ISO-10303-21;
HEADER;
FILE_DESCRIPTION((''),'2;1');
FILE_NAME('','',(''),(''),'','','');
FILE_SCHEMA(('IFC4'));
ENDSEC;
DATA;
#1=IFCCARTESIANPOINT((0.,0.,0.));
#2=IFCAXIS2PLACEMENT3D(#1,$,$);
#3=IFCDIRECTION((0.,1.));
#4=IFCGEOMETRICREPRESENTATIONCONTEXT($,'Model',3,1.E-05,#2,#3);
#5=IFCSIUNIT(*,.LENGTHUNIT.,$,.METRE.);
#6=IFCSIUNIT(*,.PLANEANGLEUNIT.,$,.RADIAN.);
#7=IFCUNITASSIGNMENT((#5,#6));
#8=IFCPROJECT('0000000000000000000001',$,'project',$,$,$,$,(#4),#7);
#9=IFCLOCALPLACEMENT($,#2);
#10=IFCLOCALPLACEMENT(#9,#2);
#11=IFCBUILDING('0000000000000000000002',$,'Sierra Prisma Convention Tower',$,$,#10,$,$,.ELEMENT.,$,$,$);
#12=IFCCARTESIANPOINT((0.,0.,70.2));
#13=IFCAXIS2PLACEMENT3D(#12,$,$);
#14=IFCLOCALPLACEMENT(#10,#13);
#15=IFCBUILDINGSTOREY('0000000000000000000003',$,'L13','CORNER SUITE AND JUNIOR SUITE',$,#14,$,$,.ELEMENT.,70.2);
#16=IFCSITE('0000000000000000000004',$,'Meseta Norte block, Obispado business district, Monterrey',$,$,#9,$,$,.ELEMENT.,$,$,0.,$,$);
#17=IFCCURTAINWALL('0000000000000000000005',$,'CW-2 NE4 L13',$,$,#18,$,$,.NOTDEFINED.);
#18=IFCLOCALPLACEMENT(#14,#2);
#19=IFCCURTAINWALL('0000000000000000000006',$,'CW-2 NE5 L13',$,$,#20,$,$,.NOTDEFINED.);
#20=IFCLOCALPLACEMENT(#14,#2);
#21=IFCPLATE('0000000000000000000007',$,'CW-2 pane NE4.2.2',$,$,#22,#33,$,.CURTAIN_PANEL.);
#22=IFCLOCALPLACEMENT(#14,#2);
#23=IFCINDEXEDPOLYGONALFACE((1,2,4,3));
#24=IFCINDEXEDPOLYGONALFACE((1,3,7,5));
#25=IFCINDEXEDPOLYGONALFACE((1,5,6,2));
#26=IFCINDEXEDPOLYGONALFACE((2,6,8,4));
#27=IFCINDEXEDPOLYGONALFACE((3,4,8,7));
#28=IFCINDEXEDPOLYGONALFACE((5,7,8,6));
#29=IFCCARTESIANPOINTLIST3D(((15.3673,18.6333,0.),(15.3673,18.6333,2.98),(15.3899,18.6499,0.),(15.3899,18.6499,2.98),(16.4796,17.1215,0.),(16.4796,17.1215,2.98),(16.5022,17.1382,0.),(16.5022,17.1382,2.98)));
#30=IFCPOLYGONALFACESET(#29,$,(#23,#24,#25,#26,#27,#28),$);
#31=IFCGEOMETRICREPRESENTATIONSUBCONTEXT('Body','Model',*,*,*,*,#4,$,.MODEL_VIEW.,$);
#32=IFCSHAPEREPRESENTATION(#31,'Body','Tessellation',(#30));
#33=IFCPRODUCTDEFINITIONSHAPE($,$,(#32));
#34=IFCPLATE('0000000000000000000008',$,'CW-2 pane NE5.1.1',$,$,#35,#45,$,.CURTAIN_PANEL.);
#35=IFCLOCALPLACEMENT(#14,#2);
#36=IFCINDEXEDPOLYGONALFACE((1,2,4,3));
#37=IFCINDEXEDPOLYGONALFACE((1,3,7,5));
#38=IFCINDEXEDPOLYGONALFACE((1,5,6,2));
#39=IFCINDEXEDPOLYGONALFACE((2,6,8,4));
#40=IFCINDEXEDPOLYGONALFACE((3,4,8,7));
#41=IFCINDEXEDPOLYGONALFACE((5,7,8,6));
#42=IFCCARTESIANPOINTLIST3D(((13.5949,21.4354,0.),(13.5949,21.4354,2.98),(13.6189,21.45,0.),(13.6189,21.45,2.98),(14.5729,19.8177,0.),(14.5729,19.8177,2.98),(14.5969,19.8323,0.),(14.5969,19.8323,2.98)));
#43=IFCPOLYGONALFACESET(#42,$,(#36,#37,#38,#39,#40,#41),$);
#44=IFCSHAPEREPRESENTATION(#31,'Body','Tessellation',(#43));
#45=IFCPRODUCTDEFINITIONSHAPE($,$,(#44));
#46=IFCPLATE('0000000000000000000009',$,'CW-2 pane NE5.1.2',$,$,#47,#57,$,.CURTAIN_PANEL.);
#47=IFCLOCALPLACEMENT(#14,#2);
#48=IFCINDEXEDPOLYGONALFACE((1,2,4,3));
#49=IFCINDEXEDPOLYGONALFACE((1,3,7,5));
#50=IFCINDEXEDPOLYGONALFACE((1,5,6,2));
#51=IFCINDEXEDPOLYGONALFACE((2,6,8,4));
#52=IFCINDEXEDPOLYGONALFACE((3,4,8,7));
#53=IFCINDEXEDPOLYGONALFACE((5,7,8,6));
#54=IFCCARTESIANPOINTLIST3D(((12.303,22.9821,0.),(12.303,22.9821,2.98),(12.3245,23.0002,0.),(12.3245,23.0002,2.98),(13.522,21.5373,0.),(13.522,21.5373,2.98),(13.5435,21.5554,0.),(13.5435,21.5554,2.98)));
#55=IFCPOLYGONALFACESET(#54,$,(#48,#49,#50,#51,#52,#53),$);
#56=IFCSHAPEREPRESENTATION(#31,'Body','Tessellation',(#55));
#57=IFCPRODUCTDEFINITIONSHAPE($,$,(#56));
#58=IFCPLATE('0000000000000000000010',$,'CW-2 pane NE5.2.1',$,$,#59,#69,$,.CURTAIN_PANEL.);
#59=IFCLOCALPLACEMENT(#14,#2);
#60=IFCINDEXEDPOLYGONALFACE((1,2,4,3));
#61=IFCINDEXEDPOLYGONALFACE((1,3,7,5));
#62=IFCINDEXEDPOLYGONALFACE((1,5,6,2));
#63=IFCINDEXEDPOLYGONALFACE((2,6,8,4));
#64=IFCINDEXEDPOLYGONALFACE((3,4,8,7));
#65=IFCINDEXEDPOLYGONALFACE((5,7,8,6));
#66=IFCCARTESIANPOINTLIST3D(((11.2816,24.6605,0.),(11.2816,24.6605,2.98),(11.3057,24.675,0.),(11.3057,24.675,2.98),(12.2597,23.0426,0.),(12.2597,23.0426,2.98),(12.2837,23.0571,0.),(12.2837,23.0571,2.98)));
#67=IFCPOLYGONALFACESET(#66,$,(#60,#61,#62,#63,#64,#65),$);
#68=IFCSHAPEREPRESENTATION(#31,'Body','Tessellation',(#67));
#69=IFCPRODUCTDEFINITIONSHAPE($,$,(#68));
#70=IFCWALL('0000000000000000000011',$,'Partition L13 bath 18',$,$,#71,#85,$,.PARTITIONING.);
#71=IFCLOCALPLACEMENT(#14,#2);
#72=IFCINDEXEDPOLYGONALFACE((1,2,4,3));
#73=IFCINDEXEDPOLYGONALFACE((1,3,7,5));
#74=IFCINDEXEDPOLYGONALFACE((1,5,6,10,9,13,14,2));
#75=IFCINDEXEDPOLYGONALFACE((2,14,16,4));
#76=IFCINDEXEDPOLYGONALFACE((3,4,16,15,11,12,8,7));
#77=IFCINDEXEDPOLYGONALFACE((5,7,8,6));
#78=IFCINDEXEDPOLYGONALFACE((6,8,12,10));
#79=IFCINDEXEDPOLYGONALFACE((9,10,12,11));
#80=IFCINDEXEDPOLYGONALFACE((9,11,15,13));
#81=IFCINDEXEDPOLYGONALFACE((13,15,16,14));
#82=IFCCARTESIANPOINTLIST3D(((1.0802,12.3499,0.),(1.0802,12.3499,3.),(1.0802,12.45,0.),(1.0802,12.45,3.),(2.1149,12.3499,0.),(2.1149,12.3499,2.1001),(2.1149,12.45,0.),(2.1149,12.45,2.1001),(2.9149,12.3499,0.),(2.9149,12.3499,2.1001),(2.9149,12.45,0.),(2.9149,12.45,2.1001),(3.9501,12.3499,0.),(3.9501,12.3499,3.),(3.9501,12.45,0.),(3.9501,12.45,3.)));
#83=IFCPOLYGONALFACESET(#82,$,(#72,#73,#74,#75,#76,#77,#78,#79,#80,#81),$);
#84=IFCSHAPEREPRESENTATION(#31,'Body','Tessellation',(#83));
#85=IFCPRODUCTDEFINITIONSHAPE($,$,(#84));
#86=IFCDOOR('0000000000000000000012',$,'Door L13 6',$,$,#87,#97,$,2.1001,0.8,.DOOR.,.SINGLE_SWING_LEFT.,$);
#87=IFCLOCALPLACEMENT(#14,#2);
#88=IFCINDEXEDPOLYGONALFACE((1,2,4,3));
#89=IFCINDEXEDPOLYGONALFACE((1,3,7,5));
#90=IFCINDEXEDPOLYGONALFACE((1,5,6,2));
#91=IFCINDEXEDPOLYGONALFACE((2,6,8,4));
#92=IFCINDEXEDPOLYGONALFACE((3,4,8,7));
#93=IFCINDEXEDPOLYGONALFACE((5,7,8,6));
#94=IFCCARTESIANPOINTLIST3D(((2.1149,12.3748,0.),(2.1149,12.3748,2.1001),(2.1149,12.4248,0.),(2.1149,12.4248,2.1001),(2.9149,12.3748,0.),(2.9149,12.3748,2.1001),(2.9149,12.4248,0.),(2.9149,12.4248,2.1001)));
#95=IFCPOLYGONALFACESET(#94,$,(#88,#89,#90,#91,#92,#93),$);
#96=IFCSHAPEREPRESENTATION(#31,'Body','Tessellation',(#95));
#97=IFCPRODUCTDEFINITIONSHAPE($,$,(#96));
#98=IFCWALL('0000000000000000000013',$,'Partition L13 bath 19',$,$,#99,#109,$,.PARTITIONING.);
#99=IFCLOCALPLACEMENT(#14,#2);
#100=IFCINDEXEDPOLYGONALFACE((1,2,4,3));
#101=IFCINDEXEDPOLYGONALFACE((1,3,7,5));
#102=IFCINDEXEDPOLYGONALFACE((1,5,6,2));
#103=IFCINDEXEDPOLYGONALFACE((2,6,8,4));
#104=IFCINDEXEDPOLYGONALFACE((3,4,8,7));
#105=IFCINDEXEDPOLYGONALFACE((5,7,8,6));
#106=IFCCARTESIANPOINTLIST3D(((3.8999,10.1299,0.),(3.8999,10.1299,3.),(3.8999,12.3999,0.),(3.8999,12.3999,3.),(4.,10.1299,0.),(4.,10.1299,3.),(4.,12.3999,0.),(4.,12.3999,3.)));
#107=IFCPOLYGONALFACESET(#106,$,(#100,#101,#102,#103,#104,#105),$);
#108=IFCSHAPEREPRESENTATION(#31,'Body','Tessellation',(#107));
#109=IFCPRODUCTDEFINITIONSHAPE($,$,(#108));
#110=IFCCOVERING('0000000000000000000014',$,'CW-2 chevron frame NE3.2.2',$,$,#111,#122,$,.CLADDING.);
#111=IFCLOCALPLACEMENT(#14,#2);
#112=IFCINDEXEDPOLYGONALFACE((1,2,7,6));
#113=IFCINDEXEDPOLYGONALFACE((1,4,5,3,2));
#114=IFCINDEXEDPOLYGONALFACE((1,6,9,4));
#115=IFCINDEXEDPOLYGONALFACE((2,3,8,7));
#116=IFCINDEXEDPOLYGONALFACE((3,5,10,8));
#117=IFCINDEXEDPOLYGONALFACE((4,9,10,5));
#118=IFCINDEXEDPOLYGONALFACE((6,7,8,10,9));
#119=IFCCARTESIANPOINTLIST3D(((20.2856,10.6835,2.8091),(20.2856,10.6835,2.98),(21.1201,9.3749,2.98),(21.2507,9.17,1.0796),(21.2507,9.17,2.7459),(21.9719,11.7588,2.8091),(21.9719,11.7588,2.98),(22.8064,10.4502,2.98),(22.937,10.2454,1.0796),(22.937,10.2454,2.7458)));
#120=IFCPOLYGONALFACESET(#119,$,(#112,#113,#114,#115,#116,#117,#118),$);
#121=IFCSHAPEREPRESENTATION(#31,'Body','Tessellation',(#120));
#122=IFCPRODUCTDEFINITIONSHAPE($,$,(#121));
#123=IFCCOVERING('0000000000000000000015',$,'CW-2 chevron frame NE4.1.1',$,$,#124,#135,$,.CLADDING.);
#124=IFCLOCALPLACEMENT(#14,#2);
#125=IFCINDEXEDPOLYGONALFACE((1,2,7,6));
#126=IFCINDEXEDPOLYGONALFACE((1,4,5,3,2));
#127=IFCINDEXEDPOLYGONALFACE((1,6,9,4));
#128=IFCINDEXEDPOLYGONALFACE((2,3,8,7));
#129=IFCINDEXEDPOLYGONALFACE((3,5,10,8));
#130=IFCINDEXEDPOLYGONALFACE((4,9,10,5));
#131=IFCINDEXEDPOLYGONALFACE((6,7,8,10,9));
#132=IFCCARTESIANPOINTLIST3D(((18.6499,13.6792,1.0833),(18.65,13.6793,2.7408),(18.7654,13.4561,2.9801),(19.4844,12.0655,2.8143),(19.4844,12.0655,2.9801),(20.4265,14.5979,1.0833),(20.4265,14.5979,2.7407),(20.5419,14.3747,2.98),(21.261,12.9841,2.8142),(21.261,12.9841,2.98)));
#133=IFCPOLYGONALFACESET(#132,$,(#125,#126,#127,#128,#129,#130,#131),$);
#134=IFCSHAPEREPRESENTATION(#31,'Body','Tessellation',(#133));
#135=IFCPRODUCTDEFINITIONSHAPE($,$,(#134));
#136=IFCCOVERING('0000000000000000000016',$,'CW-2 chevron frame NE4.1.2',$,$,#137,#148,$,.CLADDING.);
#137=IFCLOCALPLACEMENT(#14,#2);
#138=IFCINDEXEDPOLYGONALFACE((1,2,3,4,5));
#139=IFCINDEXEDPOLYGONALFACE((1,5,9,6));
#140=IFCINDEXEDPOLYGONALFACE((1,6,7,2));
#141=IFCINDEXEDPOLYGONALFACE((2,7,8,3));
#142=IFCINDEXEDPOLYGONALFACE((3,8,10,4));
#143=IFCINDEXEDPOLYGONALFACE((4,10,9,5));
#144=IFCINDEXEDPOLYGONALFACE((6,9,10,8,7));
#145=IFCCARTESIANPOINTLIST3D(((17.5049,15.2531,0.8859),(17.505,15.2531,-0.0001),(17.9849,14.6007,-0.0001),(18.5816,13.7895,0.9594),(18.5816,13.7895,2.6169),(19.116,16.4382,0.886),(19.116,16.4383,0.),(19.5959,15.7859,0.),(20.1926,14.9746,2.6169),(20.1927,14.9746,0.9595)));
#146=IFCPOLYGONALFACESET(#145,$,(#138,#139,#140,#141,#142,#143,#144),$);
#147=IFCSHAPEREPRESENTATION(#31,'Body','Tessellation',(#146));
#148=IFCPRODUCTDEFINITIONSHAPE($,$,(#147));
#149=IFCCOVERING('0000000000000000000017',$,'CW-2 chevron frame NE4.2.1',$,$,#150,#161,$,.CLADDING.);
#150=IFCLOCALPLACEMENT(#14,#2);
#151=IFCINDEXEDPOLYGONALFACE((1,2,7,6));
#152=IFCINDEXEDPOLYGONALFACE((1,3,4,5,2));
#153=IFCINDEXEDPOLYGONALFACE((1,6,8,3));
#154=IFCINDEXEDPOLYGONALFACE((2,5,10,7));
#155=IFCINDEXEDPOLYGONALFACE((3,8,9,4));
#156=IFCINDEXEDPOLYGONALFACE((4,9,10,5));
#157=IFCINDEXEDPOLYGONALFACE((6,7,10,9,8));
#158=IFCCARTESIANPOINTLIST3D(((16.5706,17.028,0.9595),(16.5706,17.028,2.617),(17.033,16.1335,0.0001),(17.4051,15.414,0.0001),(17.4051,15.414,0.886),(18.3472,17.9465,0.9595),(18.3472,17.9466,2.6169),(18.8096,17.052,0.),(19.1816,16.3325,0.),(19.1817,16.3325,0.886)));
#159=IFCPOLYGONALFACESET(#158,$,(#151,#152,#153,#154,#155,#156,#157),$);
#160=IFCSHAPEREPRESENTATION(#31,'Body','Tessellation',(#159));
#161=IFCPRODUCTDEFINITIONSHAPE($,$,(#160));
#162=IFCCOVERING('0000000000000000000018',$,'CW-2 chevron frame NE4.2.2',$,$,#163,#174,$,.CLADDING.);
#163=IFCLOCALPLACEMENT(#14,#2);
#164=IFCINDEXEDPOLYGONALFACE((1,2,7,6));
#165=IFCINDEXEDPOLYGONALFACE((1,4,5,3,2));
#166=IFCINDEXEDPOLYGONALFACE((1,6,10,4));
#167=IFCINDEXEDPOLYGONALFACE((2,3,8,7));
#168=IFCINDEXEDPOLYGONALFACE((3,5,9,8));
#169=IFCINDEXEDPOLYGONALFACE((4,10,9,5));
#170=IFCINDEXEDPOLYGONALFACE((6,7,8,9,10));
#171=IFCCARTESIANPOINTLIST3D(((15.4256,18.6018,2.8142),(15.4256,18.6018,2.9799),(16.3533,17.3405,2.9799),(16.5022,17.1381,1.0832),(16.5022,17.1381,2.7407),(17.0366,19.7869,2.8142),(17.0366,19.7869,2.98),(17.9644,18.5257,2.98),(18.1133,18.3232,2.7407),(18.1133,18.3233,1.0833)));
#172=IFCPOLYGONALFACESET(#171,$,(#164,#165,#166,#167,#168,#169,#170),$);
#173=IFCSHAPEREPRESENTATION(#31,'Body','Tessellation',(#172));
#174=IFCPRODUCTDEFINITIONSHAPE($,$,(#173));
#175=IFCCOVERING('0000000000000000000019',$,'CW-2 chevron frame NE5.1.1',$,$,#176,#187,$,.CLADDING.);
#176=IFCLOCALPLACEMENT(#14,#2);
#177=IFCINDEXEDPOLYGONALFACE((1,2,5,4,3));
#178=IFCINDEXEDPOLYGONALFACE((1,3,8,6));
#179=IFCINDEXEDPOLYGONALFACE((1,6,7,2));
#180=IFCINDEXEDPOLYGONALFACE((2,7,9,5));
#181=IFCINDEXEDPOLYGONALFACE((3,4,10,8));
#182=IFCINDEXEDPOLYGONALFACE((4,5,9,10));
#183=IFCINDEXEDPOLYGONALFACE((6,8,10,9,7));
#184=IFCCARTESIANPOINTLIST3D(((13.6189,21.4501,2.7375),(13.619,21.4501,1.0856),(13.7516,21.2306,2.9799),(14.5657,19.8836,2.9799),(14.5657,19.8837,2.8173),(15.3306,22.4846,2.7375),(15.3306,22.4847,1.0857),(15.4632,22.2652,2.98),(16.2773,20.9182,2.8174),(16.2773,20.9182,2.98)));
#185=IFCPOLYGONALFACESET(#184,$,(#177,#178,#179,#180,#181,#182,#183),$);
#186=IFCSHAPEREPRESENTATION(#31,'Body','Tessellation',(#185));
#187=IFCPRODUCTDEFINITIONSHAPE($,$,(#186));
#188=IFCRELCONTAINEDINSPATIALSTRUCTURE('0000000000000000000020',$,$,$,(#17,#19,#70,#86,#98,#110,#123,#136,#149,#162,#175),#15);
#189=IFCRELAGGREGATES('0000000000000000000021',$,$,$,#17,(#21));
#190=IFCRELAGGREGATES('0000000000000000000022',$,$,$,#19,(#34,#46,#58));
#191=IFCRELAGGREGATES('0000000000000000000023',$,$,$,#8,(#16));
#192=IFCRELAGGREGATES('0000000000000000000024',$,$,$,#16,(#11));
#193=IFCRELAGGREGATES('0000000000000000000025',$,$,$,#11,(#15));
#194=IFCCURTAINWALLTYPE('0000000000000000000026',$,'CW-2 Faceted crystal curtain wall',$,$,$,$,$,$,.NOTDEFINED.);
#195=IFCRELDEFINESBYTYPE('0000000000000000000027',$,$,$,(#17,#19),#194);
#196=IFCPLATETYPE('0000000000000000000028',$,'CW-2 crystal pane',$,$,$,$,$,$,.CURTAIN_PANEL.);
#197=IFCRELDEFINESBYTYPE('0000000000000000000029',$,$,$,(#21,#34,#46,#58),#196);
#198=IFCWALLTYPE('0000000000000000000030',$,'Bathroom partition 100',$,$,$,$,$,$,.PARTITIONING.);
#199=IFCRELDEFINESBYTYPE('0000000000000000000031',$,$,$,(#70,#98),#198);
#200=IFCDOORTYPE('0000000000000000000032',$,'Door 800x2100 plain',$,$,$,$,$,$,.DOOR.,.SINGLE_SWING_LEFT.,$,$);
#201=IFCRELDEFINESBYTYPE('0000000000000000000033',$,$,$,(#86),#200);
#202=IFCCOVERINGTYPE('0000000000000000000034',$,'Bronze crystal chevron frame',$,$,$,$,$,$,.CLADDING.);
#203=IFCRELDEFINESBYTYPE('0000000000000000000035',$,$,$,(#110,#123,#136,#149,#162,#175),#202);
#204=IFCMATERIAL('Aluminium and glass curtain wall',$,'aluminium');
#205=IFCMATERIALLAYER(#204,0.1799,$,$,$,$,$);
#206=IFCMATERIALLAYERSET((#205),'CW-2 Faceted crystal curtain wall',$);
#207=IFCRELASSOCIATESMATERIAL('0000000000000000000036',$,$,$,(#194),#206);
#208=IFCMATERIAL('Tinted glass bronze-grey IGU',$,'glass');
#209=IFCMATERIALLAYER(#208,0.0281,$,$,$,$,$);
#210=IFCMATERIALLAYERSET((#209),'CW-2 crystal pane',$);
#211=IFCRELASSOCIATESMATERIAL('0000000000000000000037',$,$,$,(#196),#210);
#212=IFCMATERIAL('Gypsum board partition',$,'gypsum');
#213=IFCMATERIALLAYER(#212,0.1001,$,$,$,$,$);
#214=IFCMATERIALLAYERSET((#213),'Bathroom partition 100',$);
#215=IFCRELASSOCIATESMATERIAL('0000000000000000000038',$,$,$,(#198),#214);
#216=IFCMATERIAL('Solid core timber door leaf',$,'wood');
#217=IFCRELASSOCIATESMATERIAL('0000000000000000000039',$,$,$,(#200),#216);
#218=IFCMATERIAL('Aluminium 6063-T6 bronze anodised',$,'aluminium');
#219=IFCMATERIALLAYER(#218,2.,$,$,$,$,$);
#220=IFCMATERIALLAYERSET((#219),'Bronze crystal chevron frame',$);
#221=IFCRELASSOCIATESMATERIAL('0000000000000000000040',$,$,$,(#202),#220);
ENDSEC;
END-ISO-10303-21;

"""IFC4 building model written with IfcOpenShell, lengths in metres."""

from ifc_helpers import new_model, si_unit, direction, frame, frame_2d, origin, place, context, subcontext, project, spatial, polyline, rectangle, outline, extrude, material, layer, layer_set, type_object, element, fill, aggregate, save


model = new_model("IFC4")

# Units and contexts
model_context = context("Model", 3, precision=1e-05, world=origin(), true_north=direction((0.0, 1.0)))
body_context = subcontext(model_context, "Body", "Model", "MODEL_VIEW")
ifc_project = project(units=[si_unit("LENGTHUNIT", "METRE"), si_unit("PLANEANGLEUNIT", "RADIAN")], contexts=[model_context])

# Site, building, storey
site_placement = place(None, origin())
site = spatial("IfcSite", under=ifc_project, at=site_placement, Name="Meseta Norte block, Obispado business district, Monterrey", CompositionType="ELEMENT", RefElevation=0.0)
building_placement = place(site_placement, origin())
building = spatial("IfcBuilding", under=site, at=building_placement, Name="Sierra Prisma Convention Tower", CompositionType="ELEMENT")
storey_placement = place(building_placement, frame((0.0, 0.0, 70.2)))
storey = spatial("IfcBuildingStorey", under=building, at=storey_placement, Name="L13", Description="CORNER SUITE AND JUNIOR SUITE", CompositionType="ELEMENT", Elevation=70.2)

# Curtain wall
ifc_material_1 = material(Name="Aluminium and glass curtain wall", Category="aluminium")
ifc_layer_1 = layer(ifc_material_1, 0.1799)
ifc_layer_set_1 = layer_set([ifc_layer_1], Name="CW-2 Faceted crystal curtain wall")
curtain_wall_type = type_object("IfcCurtainWallType", Name="CW-2 Faceted crystal curtain wall", PredefinedType="NOTDEFINED", material=ifc_layer_set_1)
curtain_wall_1_placement = place(storey_placement, origin())
curtain_wall_1 = element("IfcCurtainWall", 1, at=curtain_wall_1_placement, inside=storey, type_object=curtain_wall_type, Name="CW-2 NE4 L13", PredefinedType="NOTDEFINED")

# Curtain wall
curtain_wall_2_placement = place(storey_placement, origin())
curtain_wall_2 = element("IfcCurtainWall", 2, at=curtain_wall_2_placement, inside=storey, type_object=curtain_wall_type, Name="CW-2 NE5 L13", PredefinedType="NOTDEFINED")

# Shared definitions
ifc_material_2 = material(Name="Tinted glass bronze-grey IGU", Category="glass")
ifc_layer_2 = layer(ifc_material_2, 0.0281)
ifc_layer_set_2 = layer_set([ifc_layer_2], Name="CW-2 crystal pane")
plate_type = type_object("IfcPlateType", Name="CW-2 crystal pane", PredefinedType="CURTAIN_PANEL", material=ifc_layer_set_2)

# Plates
plate_1_placement = place(storey_placement, frame((15.3899, 18.6499, 0.0), z_axis=(0.805461, 0.592649, 0.0), x_axis=(0.592649, -0.805461, 0.0)))
plate_1 = element("IfcPlate", 3, at=plate_1_placement, type_object=plate_type, Name="CW-2 pane NE4.2.2", PredefinedType="CURTAIN_PANEL", context=body_context, shape_type="SweptSolid", body=[
    extrude(outline(polyline([(0.0, 0.0), (1.8768, 0.0), (1.8768, -2.98), (0.0, -2.98), (0.0, 0.0)])), origin(), (0.0, 0.0, -1.0), 0.0281),
])
aggregate(curtain_wall_1, [plate_1])
plate_2_placement = place(storey_placement, frame((14.5969, 19.8323, 0.0), z_axis=(0.855756, 0.51738, 0.0), x_axis=(-0.51738, 0.855756, 0.0)))
plate_2 = element("IfcPlate", 4, at=plate_2_placement, type_object=plate_type, Name="CW-2 pane NE5.1.1", PredefinedType="CURTAIN_PANEL", context=body_context, shape_type="SweptSolid", body=[
    extrude(outline(polyline([(0.0, 0.0), (1.8903, 0.0), (1.8903, 2.98), (0.0, 2.98), (0.0, 0.0)])), origin(), (0.0, 0.0, -1.0), 0.0281),
])
plate_3_placement = place(storey_placement, frame((12.3245, 23.0002, 0.0), z_axis=(0.764311, 0.644847, 0.0), x_axis=(0.644847, -0.764311, 0.0)))
plate_3 = element("IfcPlate", 5, at=plate_3_placement, type_object=plate_type, Name="CW-2 pane NE5.1.2", PredefinedType="CURTAIN_PANEL", context=body_context, shape_type="SweptSolid", body=[
    extrude(outline(polyline([(0.0, 0.0), (1.8904, 0.0), (1.8904, -2.98), (0.0, -2.98), (0.0, 0.0)])), origin(), (0.0, 0.0, -1.0), 0.0281),
])
plate_4_placement = place(storey_placement, frame((12.2837, 23.0571, 0.0), z_axis=(0.85579, 0.517323, 0.0), x_axis=(-0.517323, 0.85579, 0.0)))
plate_4 = element("IfcPlate", 6, at=plate_4_placement, type_object=plate_type, Name="CW-2 pane NE5.2.1", PredefinedType="CURTAIN_PANEL", context=body_context, shape_type="SweptSolid", body=[
    extrude(outline(polyline([(0.0, 0.0), (1.8906, 0.0), (1.8906, 2.98), (0.0, 2.98), (0.0, 0.0)])), origin(), (0.0, 0.0, -1.0), 0.0281),
])
aggregate(curtain_wall_2, [plate_2, plate_3, plate_4])

# Wall, opening, door
ifc_material_3 = material(Name="Gypsum board partition", Category="gypsum")
ifc_layer_3 = layer(ifc_material_3, 0.1001)
ifc_layer_set_3 = layer_set([ifc_layer_3], Name="Bathroom partition 100")
wall_type = type_object("IfcWallType", Name="Bathroom partition 100", PredefinedType="PARTITIONING", material=ifc_layer_set_3)
wall_1_placement = place(storey_placement, frame((1.0801, 12.3999, 0.0), z_axis=(0.0, 0.0, 1.0), x_axis=(1.0, 0.0, 0.0)))
wall_1 = element("IfcWall", 7, at=wall_1_placement, inside=storey, type_object=wall_type, Name="Partition L13 bath 18", PredefinedType="PARTITIONING", context=body_context, shape_type="SweptSolid", body=[
    extrude(rectangle(XDim=2.8699, YDim=0.1001, at=frame_2d((1.4351, 0.0))), origin(), (0.0, 0.0, 1.0), 3.0),
])
opening_placement = place(wall_1_placement, frame((1.0349, 0.0, 0.0)))
opening = element("IfcOpeningElement", 8, at=opening_placement, cuts=wall_1, PredefinedType="OPENING", context=body_context, shape_type="SweptSolid", body=[
    extrude(rectangle(XDim=0.8, YDim=2.1001, at=frame_2d((0.3999, 1.05))), frame((0.0, 0.05, 0.0), z_axis=(0.0, -1.0, 0.0), x_axis=(1.0, 0.0, 0.0)), (0.0, 0.0, 1.0), 0.1001),
])
ifc_material_4 = material(Name="Solid core timber door leaf", Category="wood")
door_type = type_object("IfcDoorType", Name="Door 800x2100 plain", OperationType="SINGLE_SWING_LEFT", PredefinedType="DOOR", material=ifc_material_4)
door_placement = place(opening_placement, origin())
door = element("IfcDoor", 9, at=door_placement, inside=storey, type_object=door_type, Name="Door L13 6", OperationType="SINGLE_SWING_LEFT", OverallHeight=2.1001, OverallWidth=0.8, PredefinedType="DOOR", context=body_context, shape_type="SweptSolid", body=[
    extrude(rectangle(XDim=0.8, YDim=2.1001, at=frame_2d((0.3999, 1.05))), frame((0.0, 0.0249, 0.0), z_axis=(0.0, -1.0, 0.0), x_axis=(1.0, 0.0, 0.0)), (0.0, 0.0, 1.0), 0.05),
])
fill(opening, door)

# Wall
wall_2_placement = place(storey_placement, frame((3.95, 12.3999, 0.0), z_axis=(0.0, 0.0, 1.0), x_axis=(0.0, -1.0, 0.0)))
element("IfcWall", 10, at=wall_2_placement, inside=storey, type_object=wall_type, Name="Partition L13 bath 19", PredefinedType="PARTITIONING", context=body_context, shape_type="SweptSolid", body=[
    extrude(rectangle(XDim=2.27, YDim=0.1001, at=frame_2d((1.135, 0.0))), origin(), (0.0, 0.0, 1.0), 3.0),
])

# Coverings
ifc_material_5 = material(Name="Aluminium 6063-T6 bronze anodised", Category="aluminium")
ifc_layer_4 = layer(ifc_material_5, 2.0)
ifc_layer_set_4 = layer_set([ifc_layer_4], Name="Bronze crystal chevron frame")
covering_type = type_object("IfcCoveringType", Name="Bronze crystal chevron frame", PredefinedType="CLADDING", material=ifc_layer_set_4)
covering_1_placement = place(storey_placement, frame((21.9719, 11.7588, 2.98), z_axis=(0.843157, 0.537668, -0.000002), x_axis=(0.537668, -0.843157, 0.0)))
element("IfcCovering", 11, at=covering_1_placement, inside=storey, type_object=covering_type, Name="CW-2 chevron frame NE3.2.2", PredefinedType="CLADDING", context=body_context, shape_type="SweptSolid", body=[
    extrude(outline(polyline([(0.0, 0.0), (1.552, 0.0), (1.795, 0.2341), (1.795, 1.9004), (0.0, 0.1709), (0.0, 0.0)])), origin(), (0.0, 0.0, -1.0), 2.0),
])
covering_2_placement = place(storey_placement, frame((21.261, 12.9841, 2.98), z_axis=(0.888273, 0.459316, -0.00004), x_axis=(-0.000036, -0.000018, -1.0)))
element("IfcCovering", 12, at=covering_2_placement, inside=storey, type_object=covering_type, Name="CW-2 chevron frame NE4.1.1", PredefinedType="CLADDING", context=body_context, shape_type="SweptSolid", body=[
    extrude(outline(polyline([(0.0, 0.0), (0.1658, 0.0), (1.8967, 1.8168), (0.2393, 1.8168), (0.0, 1.5655), (0.0, 0.0)])), origin(), (0.0, 0.0, -1.0), 2.0),
])
covering_3_placement = place(storey_placement, frame((20.1926, 14.9746, 2.6169), z_axis=(0.805519, 0.59257, 0.000029), x_axis=(0.000024, 0.000017, -1.0)))
element("IfcCovering", 13, at=covering_3_placement, inside=storey, type_object=covering_type, Name="CW-2 chevron frame NE4.1.2", PredefinedType="CLADDING", context=body_context, shape_type="SweptSolid", body=[
    extrude(outline(polyline([(0.0, 0.0), (1.6575, 0.0), (2.6169, 1.0071), (2.6169, 1.817), (1.731, 1.817), (0.0, 0.0)])), origin(), (0.0, 0.0, -1.0), 2.0),
])
covering_4_placement = place(storey_placement, frame((19.1816, 16.3325, 0.0), z_axis=(0.888293, 0.459278, -0.000026), x_axis=(-0.459278, 0.888293, 0.0)))
element("IfcCovering", 14, at=covering_4_placement, inside=storey, type_object=covering_type, Name="CW-2 chevron frame NE4.2.1", PredefinedType="CLADDING", context=body_context, shape_type="SweptSolid", body=[
    extrude(outline(polyline([(0.0, 0.0), (0.81, 0.0), (1.817, 0.9595), (1.817, 2.6169), (0.0, 0.886), (0.0, 0.0)])), origin(), (0.0, 0.0, -1.0), 2.0),
])
covering_5_placement = place(storey_placement, frame((17.0366, 19.7869, 2.98), z_axis=(0.80553, 0.592555, 0.000017), x_axis=(0.592555, -0.80553, 0.0)))
element("IfcCovering", 15, at=covering_5_placement, inside=storey, type_object=covering_type, Name="CW-2 chevron frame NE4.2.2", PredefinedType="CLADDING", context=body_context, shape_type="SweptSolid", body=[
    extrude(outline(polyline([(0.0, 0.0), (1.5657, 0.0), (1.817, 0.2393), (1.817, 1.8967), (0.0, 0.1658), (0.0, 0.0)])), origin(), (0.0, 0.0, -1.0), 2.0),
])
covering_6_placement = place(storey_placement, frame((16.2773, 20.9182, 2.98), z_axis=(0.855814, 0.517283, 0.000039), x_axis=(0.000034, 0.00002, -1.0)))
element("IfcCovering", 16, at=covering_6_placement, inside=storey, type_object=covering_type, Name="CW-2 chevron frame NE5.1.1", PredefinedType="CLADDING", context=body_context, shape_type="SweptSolid", body=[
    extrude(outline(polyline([(0.0, 0.0), (0.1626, 0.0), (1.8943, 1.8303), (0.2424, 1.8303), (0.0, 1.5739), (0.0, 0.0)])), origin(), (0.0, 0.0, -1.0), 2.0),
])

save(model, "model.ifc")
